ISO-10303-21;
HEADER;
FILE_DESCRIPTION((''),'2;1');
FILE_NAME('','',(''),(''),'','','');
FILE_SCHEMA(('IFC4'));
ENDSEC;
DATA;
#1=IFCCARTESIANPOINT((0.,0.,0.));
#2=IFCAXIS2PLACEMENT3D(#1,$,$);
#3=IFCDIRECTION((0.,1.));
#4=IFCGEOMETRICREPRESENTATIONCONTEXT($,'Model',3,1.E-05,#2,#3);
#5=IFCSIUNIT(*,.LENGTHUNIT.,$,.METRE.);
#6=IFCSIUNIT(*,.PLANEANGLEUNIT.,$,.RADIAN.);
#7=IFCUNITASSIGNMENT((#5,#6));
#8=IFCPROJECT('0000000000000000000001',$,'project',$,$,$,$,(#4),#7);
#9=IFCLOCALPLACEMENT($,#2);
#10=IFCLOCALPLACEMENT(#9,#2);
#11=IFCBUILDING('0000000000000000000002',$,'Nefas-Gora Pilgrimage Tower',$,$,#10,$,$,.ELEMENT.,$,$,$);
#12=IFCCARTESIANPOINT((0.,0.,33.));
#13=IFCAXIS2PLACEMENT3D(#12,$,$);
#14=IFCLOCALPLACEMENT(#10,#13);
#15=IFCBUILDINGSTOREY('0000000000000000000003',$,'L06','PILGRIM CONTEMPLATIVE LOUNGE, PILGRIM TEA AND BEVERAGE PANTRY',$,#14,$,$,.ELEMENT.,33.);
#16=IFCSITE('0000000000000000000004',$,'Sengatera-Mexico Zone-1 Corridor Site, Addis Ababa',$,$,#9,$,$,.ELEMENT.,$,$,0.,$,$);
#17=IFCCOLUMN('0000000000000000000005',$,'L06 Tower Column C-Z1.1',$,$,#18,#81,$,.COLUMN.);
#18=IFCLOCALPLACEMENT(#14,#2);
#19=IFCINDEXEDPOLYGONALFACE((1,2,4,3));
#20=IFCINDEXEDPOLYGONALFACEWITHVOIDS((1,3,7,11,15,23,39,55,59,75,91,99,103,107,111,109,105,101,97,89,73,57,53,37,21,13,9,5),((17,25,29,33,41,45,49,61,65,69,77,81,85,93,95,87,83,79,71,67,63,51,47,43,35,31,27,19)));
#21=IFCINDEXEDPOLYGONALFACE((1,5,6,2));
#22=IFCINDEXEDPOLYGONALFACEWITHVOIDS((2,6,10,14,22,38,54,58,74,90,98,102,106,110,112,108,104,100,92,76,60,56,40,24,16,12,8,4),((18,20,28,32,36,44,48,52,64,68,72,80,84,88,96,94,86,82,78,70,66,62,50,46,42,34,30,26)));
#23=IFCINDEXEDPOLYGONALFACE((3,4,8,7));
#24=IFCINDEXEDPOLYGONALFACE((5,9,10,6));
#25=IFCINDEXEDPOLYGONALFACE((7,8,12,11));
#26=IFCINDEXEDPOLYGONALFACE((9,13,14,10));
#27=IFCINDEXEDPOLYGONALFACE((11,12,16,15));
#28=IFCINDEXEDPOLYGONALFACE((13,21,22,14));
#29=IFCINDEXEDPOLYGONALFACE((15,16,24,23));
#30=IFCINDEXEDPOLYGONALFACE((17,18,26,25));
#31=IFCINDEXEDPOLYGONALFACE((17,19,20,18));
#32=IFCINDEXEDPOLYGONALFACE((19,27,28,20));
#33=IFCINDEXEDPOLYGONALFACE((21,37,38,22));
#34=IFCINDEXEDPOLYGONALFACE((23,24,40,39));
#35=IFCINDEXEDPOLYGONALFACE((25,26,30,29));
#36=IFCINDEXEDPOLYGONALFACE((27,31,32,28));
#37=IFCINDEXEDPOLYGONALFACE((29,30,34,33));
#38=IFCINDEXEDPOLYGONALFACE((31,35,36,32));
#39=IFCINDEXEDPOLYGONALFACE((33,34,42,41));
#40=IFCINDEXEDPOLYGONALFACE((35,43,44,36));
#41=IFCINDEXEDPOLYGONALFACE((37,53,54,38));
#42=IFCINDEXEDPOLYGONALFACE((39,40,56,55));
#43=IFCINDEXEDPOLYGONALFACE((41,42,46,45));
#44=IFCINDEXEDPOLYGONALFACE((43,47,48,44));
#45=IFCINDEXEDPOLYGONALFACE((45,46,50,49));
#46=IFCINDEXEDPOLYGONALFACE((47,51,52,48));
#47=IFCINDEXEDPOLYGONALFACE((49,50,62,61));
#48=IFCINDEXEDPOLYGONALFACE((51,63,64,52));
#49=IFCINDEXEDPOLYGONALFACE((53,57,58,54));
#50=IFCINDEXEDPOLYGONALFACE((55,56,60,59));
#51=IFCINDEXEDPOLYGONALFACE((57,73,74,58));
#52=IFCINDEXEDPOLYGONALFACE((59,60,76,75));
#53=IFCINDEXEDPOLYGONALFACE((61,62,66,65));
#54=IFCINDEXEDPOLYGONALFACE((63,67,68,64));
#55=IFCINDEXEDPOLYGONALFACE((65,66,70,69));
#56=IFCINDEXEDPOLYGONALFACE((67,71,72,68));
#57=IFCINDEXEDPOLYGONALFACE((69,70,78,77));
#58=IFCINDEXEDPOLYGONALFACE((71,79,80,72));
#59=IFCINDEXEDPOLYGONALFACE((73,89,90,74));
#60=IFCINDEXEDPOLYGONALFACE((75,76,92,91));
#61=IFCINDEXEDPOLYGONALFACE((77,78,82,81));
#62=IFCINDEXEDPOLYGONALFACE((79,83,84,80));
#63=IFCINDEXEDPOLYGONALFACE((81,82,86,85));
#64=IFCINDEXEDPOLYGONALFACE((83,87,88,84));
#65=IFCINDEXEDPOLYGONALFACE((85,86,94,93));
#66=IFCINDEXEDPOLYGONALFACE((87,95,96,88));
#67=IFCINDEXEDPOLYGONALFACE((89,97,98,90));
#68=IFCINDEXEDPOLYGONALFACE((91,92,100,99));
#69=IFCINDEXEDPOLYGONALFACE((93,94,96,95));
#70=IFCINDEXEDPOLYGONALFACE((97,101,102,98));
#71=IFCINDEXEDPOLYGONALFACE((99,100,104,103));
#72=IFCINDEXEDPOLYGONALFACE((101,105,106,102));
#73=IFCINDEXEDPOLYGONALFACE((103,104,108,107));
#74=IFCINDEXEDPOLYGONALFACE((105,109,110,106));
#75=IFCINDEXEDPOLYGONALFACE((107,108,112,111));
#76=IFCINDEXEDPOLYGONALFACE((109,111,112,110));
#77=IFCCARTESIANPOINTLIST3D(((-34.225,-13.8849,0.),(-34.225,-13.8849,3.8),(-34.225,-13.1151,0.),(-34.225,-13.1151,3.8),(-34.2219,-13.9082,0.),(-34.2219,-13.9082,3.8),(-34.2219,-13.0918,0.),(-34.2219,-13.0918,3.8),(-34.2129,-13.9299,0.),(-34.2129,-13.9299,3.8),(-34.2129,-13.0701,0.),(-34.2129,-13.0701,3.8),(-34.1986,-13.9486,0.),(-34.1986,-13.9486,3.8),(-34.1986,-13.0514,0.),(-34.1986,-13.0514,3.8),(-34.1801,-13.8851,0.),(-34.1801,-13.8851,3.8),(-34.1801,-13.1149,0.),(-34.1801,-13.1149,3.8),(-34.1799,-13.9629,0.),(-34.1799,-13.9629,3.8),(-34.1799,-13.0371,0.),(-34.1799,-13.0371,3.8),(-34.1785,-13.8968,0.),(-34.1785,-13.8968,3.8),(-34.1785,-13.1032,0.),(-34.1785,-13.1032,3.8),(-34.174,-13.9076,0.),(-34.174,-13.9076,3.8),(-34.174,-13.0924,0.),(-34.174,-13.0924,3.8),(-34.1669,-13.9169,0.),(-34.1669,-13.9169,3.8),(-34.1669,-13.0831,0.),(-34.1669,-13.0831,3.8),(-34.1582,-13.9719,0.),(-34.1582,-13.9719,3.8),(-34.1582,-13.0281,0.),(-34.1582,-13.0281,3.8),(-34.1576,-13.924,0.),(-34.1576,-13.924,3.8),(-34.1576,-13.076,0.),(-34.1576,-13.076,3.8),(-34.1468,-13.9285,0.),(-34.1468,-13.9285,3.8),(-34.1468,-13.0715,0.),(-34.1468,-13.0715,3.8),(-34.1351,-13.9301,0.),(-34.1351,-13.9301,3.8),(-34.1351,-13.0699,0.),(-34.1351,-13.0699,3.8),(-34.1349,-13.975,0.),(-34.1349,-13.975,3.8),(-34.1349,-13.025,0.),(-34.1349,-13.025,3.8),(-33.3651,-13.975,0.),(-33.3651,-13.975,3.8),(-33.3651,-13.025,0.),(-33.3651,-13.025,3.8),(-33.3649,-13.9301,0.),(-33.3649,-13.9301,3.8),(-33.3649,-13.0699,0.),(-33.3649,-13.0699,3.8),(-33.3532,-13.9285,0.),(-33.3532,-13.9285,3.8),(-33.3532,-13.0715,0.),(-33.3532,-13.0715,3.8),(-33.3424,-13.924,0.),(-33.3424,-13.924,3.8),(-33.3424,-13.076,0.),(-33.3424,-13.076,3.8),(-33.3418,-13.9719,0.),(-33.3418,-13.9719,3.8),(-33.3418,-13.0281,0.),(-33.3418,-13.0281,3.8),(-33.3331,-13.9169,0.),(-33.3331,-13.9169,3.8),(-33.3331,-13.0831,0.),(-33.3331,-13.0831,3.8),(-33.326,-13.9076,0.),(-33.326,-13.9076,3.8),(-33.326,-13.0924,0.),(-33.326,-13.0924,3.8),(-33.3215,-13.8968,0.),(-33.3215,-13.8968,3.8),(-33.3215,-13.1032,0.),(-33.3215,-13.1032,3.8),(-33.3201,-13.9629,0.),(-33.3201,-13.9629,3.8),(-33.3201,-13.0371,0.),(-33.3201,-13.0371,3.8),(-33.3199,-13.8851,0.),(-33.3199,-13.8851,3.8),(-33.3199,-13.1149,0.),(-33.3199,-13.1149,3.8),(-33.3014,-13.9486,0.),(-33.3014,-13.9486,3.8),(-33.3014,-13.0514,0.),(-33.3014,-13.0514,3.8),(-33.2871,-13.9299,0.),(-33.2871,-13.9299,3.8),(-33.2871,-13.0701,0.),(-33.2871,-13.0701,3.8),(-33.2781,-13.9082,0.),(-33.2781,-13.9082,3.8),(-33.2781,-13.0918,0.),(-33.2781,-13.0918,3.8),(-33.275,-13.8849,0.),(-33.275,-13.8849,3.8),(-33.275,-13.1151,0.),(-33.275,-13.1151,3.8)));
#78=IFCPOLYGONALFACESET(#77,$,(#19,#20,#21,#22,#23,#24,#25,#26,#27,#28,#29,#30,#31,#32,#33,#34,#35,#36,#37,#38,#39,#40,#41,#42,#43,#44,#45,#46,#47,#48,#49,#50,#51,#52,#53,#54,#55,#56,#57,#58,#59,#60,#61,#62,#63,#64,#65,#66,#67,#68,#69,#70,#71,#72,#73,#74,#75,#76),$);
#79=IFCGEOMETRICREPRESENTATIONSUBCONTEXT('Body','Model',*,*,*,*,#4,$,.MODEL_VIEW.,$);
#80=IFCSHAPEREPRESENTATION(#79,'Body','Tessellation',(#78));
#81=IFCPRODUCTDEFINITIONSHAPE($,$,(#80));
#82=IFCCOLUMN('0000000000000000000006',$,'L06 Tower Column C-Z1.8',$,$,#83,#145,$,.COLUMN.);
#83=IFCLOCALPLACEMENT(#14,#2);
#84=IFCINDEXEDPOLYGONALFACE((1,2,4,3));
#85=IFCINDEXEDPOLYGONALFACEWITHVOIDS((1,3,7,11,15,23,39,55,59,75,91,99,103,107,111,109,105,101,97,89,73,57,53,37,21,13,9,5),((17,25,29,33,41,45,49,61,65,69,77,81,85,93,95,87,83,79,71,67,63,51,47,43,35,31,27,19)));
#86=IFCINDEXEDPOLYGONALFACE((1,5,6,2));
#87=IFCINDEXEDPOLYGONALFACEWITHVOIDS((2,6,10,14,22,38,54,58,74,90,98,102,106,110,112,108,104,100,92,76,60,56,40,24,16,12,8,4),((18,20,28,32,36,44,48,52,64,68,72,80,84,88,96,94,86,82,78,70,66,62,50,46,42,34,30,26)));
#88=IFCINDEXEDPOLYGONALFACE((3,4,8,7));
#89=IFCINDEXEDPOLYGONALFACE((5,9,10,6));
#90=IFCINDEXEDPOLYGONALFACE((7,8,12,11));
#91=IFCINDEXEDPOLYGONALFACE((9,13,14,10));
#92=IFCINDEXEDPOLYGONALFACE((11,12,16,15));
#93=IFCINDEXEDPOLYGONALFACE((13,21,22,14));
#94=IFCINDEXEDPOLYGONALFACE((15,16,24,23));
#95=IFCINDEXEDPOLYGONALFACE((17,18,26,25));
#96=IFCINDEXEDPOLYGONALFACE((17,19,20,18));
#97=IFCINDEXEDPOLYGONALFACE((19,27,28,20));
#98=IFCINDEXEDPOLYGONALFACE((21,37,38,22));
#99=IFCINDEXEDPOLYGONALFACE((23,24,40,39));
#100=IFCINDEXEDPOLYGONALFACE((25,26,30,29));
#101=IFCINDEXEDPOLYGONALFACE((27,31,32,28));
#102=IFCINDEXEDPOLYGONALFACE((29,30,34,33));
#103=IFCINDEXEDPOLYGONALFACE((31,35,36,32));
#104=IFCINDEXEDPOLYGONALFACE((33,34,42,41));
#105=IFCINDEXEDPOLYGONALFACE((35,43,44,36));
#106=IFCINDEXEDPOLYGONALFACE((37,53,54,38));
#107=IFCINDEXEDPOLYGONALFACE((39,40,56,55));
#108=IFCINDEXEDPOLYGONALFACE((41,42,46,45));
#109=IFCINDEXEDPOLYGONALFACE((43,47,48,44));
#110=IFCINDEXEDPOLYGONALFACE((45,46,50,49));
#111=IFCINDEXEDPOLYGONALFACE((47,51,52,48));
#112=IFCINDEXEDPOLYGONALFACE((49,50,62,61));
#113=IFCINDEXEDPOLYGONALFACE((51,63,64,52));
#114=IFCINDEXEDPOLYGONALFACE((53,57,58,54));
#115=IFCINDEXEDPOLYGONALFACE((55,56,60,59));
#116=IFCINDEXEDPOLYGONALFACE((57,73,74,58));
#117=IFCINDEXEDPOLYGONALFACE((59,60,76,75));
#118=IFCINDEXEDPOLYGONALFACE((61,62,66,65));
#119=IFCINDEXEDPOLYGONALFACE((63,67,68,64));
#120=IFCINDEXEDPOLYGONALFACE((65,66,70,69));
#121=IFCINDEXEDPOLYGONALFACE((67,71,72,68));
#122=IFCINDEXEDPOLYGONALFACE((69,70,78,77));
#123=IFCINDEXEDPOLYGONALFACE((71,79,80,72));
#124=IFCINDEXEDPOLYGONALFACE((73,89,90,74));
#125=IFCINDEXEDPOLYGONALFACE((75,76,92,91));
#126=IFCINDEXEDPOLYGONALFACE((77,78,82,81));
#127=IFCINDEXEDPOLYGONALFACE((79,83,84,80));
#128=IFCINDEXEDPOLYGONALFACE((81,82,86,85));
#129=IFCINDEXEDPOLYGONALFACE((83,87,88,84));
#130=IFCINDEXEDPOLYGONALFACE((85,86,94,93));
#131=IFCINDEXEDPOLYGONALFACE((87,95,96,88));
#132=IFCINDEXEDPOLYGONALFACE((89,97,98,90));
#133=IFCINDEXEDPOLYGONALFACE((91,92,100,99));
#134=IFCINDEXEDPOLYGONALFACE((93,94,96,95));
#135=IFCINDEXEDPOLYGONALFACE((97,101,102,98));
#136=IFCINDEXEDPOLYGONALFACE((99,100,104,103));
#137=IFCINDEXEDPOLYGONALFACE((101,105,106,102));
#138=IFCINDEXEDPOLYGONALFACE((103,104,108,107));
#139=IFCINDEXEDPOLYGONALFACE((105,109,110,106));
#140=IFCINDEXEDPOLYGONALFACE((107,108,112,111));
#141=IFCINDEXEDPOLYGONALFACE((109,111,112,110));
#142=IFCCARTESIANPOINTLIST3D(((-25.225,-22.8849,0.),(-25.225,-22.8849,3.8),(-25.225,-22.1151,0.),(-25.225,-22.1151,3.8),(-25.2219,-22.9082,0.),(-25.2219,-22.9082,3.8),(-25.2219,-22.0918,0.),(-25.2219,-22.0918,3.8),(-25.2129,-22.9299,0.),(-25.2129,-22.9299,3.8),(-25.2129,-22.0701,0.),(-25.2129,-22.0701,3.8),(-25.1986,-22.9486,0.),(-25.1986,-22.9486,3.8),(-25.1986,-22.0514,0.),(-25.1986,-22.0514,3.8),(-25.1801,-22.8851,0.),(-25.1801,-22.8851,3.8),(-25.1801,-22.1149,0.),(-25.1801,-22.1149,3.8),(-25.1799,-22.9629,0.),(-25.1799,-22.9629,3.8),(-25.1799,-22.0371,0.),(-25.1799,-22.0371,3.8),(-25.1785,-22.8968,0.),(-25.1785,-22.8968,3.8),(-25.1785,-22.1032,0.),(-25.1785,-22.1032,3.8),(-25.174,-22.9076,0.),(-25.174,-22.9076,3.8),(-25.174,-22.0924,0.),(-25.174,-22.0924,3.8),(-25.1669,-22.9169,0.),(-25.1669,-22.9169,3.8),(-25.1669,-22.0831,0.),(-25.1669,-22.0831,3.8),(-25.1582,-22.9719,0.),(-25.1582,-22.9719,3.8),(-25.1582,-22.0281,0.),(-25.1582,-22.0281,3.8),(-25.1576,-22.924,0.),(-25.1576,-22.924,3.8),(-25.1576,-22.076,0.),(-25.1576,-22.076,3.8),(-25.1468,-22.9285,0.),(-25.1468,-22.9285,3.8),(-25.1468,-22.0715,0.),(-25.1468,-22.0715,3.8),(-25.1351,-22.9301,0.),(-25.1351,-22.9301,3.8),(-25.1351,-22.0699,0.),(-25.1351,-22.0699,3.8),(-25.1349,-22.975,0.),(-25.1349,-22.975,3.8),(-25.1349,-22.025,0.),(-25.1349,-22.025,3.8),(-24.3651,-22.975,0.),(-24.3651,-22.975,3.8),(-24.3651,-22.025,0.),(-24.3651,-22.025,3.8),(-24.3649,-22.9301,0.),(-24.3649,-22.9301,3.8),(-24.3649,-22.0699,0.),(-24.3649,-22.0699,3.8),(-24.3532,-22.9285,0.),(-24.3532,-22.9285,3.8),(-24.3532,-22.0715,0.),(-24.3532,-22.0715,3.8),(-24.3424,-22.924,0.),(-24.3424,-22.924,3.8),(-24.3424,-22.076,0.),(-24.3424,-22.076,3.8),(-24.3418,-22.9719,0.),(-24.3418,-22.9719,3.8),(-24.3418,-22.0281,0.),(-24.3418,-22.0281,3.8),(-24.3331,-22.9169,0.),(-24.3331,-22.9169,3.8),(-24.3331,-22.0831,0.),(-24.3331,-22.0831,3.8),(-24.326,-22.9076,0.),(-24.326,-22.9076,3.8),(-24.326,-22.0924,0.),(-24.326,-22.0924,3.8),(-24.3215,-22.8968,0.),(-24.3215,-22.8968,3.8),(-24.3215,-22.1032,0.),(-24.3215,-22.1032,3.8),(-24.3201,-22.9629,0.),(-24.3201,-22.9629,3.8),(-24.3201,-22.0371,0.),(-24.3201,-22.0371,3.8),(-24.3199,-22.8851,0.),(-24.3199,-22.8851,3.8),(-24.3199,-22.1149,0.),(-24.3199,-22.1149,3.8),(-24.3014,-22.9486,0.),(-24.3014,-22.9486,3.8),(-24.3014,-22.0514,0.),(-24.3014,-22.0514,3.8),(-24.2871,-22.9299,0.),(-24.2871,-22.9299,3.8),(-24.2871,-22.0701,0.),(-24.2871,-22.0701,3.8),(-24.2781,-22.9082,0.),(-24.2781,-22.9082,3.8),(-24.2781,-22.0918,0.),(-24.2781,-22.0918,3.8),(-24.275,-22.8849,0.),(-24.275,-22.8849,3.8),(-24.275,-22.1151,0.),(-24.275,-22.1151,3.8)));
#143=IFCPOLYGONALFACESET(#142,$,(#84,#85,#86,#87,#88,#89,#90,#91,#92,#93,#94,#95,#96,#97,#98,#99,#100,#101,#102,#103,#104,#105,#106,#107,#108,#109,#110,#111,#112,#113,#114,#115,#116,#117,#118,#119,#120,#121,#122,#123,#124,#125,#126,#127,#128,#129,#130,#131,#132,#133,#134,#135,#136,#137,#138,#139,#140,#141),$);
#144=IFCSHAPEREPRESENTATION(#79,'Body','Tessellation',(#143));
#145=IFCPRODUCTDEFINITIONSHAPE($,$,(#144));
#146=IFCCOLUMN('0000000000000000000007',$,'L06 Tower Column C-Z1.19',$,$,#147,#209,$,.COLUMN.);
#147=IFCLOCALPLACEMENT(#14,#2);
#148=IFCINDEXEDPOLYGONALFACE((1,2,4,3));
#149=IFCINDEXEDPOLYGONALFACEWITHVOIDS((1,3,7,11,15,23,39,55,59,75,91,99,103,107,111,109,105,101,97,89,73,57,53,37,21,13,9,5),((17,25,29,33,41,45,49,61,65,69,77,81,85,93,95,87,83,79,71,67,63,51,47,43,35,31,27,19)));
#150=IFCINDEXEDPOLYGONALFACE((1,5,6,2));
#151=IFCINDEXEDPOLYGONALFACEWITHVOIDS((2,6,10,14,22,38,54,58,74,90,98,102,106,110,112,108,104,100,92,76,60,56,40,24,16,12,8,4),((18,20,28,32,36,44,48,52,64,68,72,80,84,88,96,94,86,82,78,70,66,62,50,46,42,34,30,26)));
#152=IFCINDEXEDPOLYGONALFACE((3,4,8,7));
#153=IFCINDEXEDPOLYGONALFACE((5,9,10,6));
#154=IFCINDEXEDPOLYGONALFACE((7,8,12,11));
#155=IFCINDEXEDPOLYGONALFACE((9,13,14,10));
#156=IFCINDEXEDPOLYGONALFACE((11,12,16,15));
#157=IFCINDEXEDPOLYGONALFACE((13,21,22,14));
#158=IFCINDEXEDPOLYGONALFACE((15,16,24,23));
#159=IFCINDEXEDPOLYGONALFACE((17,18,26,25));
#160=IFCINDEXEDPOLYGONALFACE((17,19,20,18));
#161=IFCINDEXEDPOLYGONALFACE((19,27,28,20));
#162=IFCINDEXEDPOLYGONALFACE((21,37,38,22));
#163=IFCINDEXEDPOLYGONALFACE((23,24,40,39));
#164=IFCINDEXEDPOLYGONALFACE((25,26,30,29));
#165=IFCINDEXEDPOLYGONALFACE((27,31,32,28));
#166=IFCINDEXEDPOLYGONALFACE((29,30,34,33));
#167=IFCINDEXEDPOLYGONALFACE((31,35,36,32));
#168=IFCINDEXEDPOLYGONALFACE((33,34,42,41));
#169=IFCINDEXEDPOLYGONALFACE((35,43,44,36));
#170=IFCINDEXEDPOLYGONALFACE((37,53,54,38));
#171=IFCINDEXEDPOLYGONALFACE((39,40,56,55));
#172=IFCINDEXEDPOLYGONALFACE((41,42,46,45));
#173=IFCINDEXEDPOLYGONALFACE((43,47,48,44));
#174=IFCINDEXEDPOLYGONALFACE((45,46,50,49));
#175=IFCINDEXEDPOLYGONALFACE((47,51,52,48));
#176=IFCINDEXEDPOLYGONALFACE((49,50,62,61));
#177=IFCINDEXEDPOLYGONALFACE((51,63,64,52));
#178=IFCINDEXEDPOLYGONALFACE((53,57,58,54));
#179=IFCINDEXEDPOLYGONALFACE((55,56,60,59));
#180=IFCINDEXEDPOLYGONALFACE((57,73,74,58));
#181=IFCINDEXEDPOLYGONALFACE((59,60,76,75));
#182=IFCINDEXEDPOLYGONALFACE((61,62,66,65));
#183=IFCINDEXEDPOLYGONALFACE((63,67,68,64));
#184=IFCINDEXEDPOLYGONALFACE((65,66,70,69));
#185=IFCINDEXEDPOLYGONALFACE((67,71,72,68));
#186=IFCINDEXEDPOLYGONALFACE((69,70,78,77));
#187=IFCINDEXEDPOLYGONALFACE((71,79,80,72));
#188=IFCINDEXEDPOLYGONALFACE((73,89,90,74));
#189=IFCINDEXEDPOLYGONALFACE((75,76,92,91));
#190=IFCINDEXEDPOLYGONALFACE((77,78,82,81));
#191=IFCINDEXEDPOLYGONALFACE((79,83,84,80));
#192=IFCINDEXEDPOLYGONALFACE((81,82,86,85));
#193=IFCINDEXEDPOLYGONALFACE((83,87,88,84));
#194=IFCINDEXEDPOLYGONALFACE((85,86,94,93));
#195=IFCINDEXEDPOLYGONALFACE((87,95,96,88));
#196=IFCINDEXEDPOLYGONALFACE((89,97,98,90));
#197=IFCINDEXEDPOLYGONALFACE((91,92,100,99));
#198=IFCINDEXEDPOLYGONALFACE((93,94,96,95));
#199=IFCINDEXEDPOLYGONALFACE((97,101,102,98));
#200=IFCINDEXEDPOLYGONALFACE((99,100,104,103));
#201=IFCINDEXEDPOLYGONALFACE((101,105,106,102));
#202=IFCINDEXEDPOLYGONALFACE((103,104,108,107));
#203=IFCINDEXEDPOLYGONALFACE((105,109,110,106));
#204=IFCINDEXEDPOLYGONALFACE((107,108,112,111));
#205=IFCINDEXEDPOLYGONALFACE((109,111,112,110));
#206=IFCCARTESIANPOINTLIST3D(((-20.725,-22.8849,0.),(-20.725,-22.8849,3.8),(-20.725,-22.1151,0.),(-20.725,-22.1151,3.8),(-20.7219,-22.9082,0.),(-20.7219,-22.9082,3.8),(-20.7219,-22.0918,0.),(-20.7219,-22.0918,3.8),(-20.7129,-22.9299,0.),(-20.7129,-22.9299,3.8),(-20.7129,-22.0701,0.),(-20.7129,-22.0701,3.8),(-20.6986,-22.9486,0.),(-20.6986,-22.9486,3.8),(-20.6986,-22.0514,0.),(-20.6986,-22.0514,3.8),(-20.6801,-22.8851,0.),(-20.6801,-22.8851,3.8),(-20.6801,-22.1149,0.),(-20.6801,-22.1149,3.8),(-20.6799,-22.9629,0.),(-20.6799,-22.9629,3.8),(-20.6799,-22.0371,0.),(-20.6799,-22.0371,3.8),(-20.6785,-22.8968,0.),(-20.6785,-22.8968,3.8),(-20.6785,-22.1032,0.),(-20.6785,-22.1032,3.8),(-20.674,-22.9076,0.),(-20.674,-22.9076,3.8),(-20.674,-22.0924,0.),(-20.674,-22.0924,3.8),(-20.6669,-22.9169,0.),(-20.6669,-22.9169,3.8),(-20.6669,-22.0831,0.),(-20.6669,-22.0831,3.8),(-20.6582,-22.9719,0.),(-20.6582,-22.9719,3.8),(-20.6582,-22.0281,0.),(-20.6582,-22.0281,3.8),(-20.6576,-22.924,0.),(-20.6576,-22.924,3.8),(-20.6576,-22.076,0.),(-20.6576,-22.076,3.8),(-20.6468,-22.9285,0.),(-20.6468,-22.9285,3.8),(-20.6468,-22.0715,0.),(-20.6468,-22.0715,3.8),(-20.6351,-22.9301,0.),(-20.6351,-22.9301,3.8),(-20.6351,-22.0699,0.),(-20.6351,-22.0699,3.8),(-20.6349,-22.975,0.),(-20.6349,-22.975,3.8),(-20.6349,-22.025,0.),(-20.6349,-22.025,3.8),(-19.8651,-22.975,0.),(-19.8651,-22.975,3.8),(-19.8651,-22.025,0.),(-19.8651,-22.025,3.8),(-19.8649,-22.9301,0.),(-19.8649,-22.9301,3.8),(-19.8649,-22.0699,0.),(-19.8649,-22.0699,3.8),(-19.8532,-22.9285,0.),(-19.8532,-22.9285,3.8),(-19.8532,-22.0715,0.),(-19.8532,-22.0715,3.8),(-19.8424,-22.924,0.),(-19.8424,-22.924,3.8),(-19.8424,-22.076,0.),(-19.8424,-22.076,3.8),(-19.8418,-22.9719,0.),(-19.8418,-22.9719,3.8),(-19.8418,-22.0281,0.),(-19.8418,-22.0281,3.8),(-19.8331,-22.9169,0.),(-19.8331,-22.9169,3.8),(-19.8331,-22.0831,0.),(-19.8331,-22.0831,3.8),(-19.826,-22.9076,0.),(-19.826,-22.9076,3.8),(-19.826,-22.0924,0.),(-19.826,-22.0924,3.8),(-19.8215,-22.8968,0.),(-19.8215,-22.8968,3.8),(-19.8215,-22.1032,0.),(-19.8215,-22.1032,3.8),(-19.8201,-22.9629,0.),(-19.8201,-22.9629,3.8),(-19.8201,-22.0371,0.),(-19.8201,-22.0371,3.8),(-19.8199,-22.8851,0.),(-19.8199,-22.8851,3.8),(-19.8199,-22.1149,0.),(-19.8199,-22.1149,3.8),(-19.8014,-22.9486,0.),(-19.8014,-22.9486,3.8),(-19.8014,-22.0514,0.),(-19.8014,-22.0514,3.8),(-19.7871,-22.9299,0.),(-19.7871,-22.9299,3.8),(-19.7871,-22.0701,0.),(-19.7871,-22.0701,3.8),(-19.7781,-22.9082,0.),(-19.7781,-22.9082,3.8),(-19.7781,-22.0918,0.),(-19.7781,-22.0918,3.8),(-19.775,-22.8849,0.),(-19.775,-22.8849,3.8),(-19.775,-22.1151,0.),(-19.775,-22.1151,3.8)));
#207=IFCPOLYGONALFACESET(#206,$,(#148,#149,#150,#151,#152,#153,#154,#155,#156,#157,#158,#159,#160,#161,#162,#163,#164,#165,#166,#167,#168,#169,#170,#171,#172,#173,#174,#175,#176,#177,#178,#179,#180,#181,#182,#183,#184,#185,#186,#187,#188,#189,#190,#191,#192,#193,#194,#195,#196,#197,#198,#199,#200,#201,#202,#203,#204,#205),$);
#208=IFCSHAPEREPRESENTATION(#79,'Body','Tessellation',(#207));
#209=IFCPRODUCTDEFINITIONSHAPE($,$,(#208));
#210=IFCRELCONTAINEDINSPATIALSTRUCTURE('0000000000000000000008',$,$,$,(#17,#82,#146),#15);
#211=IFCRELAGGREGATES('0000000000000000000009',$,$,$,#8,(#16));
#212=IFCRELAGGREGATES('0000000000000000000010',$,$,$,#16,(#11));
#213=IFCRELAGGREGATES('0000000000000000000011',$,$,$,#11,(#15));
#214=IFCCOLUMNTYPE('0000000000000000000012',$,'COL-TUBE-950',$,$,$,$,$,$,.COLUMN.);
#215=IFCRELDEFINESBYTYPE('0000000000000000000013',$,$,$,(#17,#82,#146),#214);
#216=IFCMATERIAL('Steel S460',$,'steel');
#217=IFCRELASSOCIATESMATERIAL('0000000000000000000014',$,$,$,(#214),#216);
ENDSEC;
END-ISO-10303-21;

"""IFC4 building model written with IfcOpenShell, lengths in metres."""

from ifc_helpers import new_model, si_unit, direction, frame, origin, origin_2d, place, context, subcontext, project, spatial, hollow_rectangle, extrude, source, transform, mapped, material, material_profile, profile_set, type_object, element, save


model = new_model("IFC4")

# Units and contexts
model_context = context("Model", 3, precision=1e-05, world=origin(), true_north=direction((0.0, 1.0)))
body_context = subcontext(model_context, "Body", "Model", "MODEL_VIEW")
ifc_project = project(units=[si_unit("LENGTHUNIT", "METRE"), si_unit("PLANEANGLEUNIT", "RADIAN")], contexts=[model_context])

# Site, building, storey
site_placement = place(None, origin())
site = spatial("IfcSite", under=ifc_project, at=site_placement, Name="Sengatera-Mexico Zone-1 Corridor Site, Addis Ababa", CompositionType="ELEMENT", RefElevation=0.0)
building_placement = place(site_placement, origin())
building = spatial("IfcBuilding", under=site, at=building_placement, Name="Nefas-Gora Pilgrimage Tower", CompositionType="ELEMENT")
storey_placement = place(building_placement, frame((0.0, 0.0, 33.0)))
storey = spatial("IfcBuildingStorey", under=building, at=storey_placement, Name="L06", Description="PILGRIM CONTEMPLATIVE LOUNGE, PILGRIM TEA AND BEVERAGE PANTRY", CompositionType="ELEMENT", Elevation=33.0)

# Columns
ifc_material_1 = material(Name="Steel S460", Category="steel")
ifc_material_profile_1 = material_profile(ifc_material_1, hollow_rectangle(XDim=0.95, YDim=0.95, WallThickness=0.0449, InnerFilletRadius=0.0449, OuterFilletRadius=0.0901, at=origin_2d()), Name="BOX 950x950x45")
ifc_profile_set_1 = profile_set([ifc_material_profile_1], Name="Steel S460")
column_type_1 = type_object("IfcColumnType", Name="COL-TUBE-950", PredefinedType="COLUMN", material=ifc_profile_set_1)
shared_shape_1 = source(origin(), body_context, "Body", "SweptSolid", [
    extrude(hollow_rectangle(XDim=0.95, YDim=0.95, WallThickness=0.0449, InnerFilletRadius=0.0449, OuterFilletRadius=0.0901, at=origin_2d()), origin(), (0.0, 0.0, 1.0), 3.8),
])
for number, where, z_axis, x_axis, name in (
    (1, (-33.75, -13.5, 0.0), (0.0, 0.0, 1.0), (1.0, 0.0, 0.0), "L06 Tower Column C-Z1.1"),
    (2, (-24.75, -22.5, 0.0), (0.0, 0.0, 1.0), (1.0, 0.0, 0.0), "L06 Tower Column C-Z1.8"),
    (3, (-20.25, -22.5, 0.0), (0.0, 0.0, 1.0), (1.0, 0.0, 0.0), "L06 Tower Column C-Z1.19"),
):
    element("IfcColumn", number, at=place(storey_placement, frame(where, z_axis=z_axis, x_axis=x_axis)), inside=storey, type_object=column_type_1, Name=name, PredefinedType="COLUMN", context=body_context, shape_type="MappedRepresentation", body=[
        mapped(shared_shape_1, transform((0.0, 0.0, 0.0), x_axis=(1.0, 0.0, 0.0), y_axis=(0.0, 1.0, 0.0), z_axis=(0.0, 0.0, 1.0), scale=1.0)),
    ])

save(model, "model.ifc")
